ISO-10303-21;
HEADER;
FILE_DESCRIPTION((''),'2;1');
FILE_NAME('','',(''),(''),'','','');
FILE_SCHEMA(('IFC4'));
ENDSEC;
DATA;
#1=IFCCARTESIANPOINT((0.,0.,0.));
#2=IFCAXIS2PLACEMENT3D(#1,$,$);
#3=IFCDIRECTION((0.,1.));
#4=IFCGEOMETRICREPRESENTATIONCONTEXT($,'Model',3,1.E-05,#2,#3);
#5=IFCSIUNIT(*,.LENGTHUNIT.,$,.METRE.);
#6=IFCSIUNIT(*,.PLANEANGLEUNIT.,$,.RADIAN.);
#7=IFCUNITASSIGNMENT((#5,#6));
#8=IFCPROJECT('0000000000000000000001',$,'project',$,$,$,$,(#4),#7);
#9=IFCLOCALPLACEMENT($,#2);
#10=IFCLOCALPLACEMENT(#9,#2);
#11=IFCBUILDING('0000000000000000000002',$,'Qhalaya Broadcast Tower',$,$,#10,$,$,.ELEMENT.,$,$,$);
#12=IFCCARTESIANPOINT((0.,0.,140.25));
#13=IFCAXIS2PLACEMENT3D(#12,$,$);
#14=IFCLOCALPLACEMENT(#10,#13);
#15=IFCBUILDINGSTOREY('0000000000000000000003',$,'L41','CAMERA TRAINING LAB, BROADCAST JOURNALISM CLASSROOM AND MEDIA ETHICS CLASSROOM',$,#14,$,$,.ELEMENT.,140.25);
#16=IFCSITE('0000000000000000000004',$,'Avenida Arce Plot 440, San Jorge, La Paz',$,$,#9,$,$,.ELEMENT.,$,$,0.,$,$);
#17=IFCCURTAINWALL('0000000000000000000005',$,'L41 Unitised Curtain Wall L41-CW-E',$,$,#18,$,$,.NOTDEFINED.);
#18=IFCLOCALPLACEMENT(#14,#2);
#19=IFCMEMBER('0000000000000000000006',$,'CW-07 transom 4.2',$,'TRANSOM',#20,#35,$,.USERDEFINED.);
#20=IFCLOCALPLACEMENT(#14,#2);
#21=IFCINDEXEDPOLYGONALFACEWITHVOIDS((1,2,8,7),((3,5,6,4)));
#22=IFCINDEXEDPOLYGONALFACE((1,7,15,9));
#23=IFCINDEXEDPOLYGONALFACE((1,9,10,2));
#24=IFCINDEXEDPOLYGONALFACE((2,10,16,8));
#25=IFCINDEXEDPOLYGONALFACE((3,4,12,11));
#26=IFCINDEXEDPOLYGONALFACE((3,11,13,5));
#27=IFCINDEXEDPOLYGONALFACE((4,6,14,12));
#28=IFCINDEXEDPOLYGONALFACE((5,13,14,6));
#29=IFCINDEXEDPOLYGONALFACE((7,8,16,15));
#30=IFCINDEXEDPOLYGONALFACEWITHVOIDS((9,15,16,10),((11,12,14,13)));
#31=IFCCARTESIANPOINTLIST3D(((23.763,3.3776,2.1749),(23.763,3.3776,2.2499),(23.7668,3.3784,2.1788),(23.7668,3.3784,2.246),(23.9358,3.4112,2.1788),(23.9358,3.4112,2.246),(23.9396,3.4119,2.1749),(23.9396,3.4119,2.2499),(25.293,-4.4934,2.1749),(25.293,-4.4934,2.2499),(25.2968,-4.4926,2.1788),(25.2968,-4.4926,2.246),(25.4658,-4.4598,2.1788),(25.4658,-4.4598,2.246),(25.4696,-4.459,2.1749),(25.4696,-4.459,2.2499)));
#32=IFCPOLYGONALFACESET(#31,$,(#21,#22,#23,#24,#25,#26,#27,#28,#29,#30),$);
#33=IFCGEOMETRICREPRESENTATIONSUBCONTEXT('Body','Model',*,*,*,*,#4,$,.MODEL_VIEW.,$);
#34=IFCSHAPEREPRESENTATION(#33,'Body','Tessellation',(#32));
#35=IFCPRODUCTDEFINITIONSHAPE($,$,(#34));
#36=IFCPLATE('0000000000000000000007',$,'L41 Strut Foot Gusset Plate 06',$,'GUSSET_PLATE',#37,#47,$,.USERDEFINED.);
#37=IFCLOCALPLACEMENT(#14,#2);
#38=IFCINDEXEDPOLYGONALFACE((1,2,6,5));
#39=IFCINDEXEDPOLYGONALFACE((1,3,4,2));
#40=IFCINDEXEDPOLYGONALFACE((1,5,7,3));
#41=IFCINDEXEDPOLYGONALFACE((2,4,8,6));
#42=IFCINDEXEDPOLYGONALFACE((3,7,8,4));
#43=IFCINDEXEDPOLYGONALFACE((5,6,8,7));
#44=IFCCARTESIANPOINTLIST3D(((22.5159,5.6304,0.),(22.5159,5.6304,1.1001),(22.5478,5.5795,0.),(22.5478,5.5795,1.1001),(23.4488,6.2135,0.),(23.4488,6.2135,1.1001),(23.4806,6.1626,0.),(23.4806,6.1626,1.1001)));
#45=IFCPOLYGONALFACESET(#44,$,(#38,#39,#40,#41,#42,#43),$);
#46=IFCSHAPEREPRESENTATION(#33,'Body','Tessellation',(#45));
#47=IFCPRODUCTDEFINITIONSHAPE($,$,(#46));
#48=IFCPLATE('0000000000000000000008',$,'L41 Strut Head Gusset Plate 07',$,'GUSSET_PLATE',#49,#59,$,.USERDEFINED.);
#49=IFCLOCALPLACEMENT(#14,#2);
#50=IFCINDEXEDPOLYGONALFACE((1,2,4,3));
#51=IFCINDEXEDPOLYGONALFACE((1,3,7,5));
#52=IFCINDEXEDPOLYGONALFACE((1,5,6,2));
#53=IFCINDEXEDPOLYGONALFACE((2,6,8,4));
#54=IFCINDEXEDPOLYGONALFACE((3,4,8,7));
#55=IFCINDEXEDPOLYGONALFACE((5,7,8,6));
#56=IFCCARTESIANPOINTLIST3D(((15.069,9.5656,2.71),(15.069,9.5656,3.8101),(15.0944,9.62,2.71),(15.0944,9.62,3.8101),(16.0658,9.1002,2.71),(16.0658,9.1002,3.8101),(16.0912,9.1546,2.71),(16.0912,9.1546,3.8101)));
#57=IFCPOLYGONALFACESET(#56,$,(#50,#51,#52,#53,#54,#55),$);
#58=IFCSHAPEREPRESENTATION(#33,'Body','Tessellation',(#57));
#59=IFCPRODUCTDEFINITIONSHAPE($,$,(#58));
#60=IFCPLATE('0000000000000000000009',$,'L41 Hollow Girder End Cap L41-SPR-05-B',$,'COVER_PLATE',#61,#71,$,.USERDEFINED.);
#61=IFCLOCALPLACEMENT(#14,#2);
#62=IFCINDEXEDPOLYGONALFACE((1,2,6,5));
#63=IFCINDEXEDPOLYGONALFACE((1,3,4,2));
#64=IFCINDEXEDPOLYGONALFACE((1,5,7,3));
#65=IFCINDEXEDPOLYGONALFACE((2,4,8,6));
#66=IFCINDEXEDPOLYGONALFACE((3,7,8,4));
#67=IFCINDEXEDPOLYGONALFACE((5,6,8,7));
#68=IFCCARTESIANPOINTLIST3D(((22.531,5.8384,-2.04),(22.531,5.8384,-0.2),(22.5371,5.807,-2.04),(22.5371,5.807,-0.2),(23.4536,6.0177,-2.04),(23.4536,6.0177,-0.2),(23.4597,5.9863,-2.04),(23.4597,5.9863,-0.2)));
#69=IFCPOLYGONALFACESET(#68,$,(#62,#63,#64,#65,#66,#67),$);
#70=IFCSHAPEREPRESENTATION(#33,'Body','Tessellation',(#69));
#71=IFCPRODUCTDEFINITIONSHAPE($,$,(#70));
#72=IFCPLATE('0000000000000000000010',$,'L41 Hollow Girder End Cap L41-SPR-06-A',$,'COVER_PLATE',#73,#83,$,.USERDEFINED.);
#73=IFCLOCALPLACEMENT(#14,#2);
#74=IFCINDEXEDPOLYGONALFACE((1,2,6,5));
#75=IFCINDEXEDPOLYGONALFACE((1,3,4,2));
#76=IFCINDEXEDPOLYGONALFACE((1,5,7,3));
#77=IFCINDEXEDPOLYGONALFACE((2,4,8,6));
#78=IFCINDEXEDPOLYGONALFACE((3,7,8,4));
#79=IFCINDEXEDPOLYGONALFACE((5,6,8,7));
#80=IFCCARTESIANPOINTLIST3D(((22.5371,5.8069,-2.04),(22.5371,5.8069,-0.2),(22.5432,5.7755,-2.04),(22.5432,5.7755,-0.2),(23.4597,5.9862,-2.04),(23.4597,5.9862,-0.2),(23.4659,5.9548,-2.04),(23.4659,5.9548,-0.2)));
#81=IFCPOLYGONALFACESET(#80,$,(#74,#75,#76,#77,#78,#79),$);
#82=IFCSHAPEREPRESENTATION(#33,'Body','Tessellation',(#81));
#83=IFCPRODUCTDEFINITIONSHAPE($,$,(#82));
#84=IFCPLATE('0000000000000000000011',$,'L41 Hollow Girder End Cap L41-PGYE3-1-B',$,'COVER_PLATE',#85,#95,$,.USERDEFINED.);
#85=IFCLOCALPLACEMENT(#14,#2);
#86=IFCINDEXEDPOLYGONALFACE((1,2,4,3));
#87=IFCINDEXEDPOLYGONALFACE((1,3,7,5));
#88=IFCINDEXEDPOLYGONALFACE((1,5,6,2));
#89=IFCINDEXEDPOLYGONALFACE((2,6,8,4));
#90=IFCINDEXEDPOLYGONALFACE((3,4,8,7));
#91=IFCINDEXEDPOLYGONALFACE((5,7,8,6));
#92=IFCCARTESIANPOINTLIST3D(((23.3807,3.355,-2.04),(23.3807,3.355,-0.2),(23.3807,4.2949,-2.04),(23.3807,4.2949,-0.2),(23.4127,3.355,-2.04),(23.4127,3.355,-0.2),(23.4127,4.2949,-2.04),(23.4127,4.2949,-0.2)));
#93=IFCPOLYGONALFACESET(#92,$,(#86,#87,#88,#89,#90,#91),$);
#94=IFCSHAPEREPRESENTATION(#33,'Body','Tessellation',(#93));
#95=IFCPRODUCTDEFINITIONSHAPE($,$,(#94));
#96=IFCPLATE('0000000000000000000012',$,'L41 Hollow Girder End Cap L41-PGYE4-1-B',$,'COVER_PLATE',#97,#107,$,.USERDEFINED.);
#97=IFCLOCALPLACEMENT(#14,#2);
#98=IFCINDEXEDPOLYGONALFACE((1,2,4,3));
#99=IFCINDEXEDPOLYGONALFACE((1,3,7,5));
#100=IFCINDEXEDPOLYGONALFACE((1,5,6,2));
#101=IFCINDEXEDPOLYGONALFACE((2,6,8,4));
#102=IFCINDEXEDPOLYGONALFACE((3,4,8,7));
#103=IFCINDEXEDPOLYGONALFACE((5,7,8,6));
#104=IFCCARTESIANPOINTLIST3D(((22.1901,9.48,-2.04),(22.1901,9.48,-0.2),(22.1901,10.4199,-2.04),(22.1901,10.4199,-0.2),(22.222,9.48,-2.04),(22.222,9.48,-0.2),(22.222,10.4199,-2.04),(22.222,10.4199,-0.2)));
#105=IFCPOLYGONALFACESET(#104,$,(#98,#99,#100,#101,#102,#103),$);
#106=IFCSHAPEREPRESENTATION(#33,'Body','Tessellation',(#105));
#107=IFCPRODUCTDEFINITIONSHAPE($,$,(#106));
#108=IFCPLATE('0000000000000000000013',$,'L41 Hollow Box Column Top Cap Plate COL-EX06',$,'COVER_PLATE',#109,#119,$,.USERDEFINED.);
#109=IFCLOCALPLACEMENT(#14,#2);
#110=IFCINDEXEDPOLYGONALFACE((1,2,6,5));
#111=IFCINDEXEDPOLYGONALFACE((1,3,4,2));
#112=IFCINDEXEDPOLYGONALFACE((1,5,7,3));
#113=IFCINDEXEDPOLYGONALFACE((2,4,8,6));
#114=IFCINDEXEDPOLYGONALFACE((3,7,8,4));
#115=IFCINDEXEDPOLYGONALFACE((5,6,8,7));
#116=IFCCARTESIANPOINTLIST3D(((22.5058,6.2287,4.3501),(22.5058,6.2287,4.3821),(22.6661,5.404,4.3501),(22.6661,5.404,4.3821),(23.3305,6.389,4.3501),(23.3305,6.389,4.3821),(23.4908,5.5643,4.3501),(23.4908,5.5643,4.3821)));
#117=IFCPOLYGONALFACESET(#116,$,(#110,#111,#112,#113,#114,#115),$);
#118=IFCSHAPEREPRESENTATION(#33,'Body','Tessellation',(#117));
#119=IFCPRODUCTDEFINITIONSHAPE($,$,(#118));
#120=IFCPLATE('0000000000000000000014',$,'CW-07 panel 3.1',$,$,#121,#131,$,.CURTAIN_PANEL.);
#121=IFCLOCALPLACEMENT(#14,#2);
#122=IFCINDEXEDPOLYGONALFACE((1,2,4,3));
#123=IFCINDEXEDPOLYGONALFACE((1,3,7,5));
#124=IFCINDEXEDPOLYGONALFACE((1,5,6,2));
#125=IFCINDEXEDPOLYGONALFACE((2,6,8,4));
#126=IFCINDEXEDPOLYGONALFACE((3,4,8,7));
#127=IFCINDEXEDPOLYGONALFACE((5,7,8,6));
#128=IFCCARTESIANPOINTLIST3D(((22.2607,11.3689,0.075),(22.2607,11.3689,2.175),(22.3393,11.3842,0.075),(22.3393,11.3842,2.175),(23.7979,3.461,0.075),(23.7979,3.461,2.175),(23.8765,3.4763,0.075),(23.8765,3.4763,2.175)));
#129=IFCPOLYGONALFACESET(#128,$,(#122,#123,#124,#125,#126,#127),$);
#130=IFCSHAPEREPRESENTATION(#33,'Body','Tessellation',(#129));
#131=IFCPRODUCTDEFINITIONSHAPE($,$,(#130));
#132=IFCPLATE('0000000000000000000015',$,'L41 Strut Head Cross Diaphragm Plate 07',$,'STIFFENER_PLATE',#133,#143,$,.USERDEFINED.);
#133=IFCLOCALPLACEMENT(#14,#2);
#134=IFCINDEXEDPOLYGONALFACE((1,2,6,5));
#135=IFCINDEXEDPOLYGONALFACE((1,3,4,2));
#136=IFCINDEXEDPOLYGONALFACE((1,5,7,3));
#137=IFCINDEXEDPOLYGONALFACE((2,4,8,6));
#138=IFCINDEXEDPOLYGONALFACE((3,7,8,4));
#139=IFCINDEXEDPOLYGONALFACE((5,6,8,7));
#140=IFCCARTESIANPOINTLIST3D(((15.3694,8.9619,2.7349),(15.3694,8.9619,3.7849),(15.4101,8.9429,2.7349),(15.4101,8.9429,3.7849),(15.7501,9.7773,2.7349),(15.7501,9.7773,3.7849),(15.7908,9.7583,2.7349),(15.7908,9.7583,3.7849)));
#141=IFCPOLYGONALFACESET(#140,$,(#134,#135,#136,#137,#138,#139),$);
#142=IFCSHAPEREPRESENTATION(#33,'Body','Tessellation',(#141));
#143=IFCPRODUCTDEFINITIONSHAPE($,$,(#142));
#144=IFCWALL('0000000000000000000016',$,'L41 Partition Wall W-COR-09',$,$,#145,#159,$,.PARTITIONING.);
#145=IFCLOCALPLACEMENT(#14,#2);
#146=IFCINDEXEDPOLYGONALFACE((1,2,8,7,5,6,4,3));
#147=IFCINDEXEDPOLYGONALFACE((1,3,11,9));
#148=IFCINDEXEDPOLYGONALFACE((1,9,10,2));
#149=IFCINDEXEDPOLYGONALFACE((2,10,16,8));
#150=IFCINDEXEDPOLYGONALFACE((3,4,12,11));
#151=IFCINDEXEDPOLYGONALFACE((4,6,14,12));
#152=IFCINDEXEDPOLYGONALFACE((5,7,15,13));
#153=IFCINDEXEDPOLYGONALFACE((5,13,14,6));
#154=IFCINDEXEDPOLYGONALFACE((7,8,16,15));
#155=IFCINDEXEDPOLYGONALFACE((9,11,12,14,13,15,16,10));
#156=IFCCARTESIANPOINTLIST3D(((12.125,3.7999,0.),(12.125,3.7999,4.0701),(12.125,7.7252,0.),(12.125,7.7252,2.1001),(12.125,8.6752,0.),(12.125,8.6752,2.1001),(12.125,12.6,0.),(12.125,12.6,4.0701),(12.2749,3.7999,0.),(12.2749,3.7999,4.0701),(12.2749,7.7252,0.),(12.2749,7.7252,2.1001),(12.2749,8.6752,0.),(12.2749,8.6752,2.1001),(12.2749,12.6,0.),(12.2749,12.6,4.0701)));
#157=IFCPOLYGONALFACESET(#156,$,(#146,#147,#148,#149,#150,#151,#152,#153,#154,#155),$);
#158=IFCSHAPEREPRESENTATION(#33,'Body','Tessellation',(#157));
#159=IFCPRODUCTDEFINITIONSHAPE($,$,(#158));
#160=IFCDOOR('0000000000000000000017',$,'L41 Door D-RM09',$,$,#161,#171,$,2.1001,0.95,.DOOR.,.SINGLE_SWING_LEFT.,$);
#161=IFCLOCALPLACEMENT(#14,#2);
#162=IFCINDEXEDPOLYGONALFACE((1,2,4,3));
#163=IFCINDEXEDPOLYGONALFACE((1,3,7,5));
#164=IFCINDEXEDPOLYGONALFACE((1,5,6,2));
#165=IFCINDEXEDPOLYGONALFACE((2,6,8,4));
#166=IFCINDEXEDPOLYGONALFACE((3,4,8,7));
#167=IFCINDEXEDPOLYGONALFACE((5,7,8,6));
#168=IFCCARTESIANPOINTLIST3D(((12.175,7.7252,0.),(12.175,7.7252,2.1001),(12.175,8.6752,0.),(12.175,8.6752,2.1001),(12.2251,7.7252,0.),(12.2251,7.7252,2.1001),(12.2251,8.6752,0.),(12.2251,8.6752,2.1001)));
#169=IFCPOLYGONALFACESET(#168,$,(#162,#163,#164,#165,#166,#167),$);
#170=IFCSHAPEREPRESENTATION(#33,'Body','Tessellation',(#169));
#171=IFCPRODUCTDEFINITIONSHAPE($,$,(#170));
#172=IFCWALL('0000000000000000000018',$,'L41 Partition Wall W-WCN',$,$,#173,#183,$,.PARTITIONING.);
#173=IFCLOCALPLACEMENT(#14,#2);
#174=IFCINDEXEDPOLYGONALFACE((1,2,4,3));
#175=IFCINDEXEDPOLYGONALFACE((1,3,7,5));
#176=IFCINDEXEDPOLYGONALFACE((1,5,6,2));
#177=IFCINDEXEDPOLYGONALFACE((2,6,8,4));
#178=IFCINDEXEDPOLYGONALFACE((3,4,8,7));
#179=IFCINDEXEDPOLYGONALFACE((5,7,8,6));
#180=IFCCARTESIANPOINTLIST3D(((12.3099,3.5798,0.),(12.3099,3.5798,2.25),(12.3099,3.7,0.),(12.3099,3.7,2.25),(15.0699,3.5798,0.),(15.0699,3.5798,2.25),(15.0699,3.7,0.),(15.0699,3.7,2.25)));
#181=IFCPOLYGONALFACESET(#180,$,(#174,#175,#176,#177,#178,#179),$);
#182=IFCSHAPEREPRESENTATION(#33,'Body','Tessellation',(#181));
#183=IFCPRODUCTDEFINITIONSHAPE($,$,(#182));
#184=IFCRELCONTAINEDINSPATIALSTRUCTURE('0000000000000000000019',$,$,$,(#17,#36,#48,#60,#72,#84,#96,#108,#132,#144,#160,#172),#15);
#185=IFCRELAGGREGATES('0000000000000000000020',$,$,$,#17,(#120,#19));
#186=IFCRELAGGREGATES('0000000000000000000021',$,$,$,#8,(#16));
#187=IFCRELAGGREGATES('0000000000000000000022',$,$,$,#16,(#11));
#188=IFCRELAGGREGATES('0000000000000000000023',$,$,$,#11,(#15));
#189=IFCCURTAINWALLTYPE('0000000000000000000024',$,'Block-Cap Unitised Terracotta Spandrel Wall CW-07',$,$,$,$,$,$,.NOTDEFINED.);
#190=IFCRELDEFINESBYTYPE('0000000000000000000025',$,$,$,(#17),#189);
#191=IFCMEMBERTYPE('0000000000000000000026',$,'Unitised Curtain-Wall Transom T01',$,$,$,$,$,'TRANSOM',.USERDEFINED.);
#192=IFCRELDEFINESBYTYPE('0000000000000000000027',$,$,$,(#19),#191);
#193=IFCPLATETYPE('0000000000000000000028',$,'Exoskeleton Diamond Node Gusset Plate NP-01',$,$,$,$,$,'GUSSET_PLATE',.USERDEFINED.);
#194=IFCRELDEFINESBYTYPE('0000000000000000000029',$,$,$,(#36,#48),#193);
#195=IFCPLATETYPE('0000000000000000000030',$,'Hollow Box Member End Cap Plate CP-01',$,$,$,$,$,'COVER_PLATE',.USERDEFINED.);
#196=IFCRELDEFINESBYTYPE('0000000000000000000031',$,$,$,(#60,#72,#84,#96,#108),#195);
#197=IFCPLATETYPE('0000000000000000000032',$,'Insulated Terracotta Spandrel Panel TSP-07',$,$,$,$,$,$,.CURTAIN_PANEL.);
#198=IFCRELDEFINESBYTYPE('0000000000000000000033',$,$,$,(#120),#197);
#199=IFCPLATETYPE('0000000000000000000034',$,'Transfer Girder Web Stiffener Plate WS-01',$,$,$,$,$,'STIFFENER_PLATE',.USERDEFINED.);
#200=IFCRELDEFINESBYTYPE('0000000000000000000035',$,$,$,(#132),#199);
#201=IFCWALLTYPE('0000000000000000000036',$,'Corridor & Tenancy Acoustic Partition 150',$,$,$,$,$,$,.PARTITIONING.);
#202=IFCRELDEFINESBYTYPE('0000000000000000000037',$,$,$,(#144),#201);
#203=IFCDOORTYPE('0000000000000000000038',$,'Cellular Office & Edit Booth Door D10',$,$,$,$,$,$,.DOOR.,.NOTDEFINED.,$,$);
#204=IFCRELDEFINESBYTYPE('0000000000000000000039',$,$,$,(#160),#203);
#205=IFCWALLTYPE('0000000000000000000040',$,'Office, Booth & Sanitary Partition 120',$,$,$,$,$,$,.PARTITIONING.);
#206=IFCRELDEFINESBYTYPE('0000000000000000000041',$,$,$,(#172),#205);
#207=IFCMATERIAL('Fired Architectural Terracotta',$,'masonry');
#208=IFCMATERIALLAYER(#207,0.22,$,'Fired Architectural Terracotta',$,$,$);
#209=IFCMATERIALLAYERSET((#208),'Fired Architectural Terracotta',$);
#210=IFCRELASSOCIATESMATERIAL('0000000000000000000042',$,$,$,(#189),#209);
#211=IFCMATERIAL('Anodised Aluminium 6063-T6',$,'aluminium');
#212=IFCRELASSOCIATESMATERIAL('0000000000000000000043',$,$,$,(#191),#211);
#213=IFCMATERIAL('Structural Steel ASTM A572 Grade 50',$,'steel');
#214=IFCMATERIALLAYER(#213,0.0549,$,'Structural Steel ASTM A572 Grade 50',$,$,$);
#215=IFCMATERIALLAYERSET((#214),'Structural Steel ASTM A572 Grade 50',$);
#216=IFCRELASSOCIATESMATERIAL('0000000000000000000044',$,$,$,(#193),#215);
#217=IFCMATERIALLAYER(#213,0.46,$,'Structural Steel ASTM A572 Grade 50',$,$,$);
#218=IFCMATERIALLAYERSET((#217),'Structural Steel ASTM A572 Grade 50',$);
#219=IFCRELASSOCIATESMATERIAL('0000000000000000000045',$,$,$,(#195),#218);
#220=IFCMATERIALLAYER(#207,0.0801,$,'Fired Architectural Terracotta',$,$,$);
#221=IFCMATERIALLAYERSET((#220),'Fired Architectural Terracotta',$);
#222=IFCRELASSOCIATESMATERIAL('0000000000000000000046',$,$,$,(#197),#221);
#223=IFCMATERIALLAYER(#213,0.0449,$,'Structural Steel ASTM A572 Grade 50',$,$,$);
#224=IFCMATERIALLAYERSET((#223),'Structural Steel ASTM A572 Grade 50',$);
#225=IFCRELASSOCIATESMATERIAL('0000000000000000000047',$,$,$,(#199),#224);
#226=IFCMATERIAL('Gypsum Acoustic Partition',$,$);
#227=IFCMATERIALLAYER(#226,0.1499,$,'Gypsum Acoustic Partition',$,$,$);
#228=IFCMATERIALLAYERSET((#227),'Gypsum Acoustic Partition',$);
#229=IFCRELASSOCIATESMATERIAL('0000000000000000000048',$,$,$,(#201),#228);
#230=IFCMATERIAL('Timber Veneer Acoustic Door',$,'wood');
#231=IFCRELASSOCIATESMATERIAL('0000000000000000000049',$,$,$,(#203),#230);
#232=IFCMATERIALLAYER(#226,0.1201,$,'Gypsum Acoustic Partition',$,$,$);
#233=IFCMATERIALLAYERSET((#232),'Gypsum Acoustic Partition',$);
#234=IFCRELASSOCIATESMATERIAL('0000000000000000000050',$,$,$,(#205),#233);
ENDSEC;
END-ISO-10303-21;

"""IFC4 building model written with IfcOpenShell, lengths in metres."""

from ifc_helpers import new_model, si_unit, direction, frame, frame_2d, origin, origin_2d, place, context, subcontext, project, spatial, rectangle, hollow_rectangle, extrude, material, layer, layer_set, material_profile, profile_set, type_object, element, fill, aggregate, save


model = new_model("IFC4")

# Units and contexts
model_context = context("Model", 3, precision=1e-05, world=origin(), true_north=direction((0.0, 1.0)))
body_context = subcontext(model_context, "Body", "Model", "MODEL_VIEW")
ifc_project = project(units=[si_unit("LENGTHUNIT", "METRE"), si_unit("PLANEANGLEUNIT", "RADIAN")], contexts=[model_context])

# Site, building, storey
site_placement = place(None, origin())
site = spatial("IfcSite", under=ifc_project, at=site_placement, Name="Avenida Arce Plot 440, San Jorge, La Paz", CompositionType="ELEMENT", RefElevation=0.0)
building_placement = place(site_placement, origin())
building = spatial("IfcBuilding", under=site, at=building_placement, Name="Qhalaya Broadcast Tower", CompositionType="ELEMENT")
storey_placement = place(building_placement, frame((0.0, 0.0, 140.25)))
storey = spatial("IfcBuildingStorey", under=building, at=storey_placement, Name="L41", Description="CAMERA TRAINING LAB, BROADCAST JOURNALISM CLASSROOM AND MEDIA ETHICS CLASSROOM", CompositionType="ELEMENT", Elevation=140.25)

# Shared definitions
ifc_material_1 = material(Name="Structural Steel ASTM A572 Grade 50", Category="steel")

# Curtain wall, member
ifc_material_2 = material(Name="Fired Architectural Terracotta", Category="masonry")
ifc_layer_1 = layer(ifc_material_2, 0.22, Name="Fired Architectural Terracotta")
ifc_layer_set_1 = layer_set([ifc_layer_1], Name="Fired Architectural Terracotta")
curtain_wall_type = type_object("IfcCurtainWallType", Name="Block-Cap Unitised Terracotta Spandrel Wall CW-07", PredefinedType="NOTDEFINED", material=ifc_layer_set_1)
curtain_wall_placement = place(storey_placement, origin())
curtain_wall = element("IfcCurtainWall", 1, at=curtain_wall_placement, inside=storey, type_object=curtain_wall_type, Name="L41 Unitised Curtain Wall L41-CW-E", PredefinedType="NOTDEFINED")
ifc_material_3 = material(Name="Anodised Aluminium 6063-T6", Category="aluminium")
ifc_material_profile_1 = material_profile(ifc_material_3, hollow_rectangle(XDim=0.075, YDim=0.1799, WallThickness=0.0039, at=origin_2d()), Name="ALU-TRN 75x180x4")
ifc_profile_set_1 = profile_set([ifc_material_profile_1], Name="Anodised Aluminium 6063-T6")
member_type_1 = type_object("IfcMemberType", Name="Unitised Curtain-Wall Transom T01", ElementType="TRANSOM", PredefinedType="USERDEFINED", material=ifc_profile_set_1)
member_1_placement = place(storey_placement, frame((23.8513, 3.3948, 2.2124), z_axis=(0.190814, -0.981626, 0.0), x_axis=(0.0, 0.0, 1.0)))
member_1 = element("IfcMember", 2, at=member_1_placement, type_object=member_type_1, Name="CW-07 transom 4.2", ObjectType="TRANSOM", PredefinedType="USERDEFINED", context=body_context, shape_type="SweptSolid", body=[
    extrude(hollow_rectangle(XDim=0.075, YDim=0.1799, WallThickness=0.0039, at=origin_2d()), origin(), (0.0, 0.0, 1.0), 8.0183),
])

# Plates
ifc_layer_2 = layer(ifc_material_1, 0.0549, Name="Structural Steel ASTM A572 Grade 50")
ifc_layer_set_2 = layer_set([ifc_layer_2], Name="Structural Steel ASTM A572 Grade 50")
plate_type_1 = type_object("IfcPlateType", Name="Exoskeleton Diamond Node Gusset Plate NP-01", ElementType="GUSSET_PLATE", PredefinedType="USERDEFINED", material=ifc_layer_set_2)
for number, where, z_axis, x_axis, name in (
    (3, (22.9983, 5.8965, 0.0), (0.0, 0.0, 1.0), (-0.847993, -0.530008, 0.0), "L41 Strut Foot Gusset Plate 06"),
    (4, (15.5801, 9.3601, 2.71), (0.0, 0.0, 1.0), (-0.906116, 0.423029, 0.0), "L41 Strut Head Gusset Plate 07"),
):
    element("IfcPlate", number, at=place(storey_placement, frame(where, z_axis=z_axis, x_axis=x_axis)), inside=storey, type_object=plate_type_1, Name=name, ObjectType="GUSSET_PLATE", PredefinedType="USERDEFINED", context=body_context, shape_type="SweptSolid", body=[
        extrude(rectangle(XDim=1.1001, YDim=0.0601, at=origin_2d()), origin(), (0.0, 0.0, 1.0), 1.1001),
    ])
ifc_layer_3 = layer(ifc_material_1, 0.46, Name="Structural Steel ASTM A572 Grade 50")
ifc_layer_set_3 = layer_set([ifc_layer_3], Name="Structural Steel ASTM A572 Grade 50")
plate_type_2 = type_object("IfcPlateType", Name="Hollow Box Member End Cap Plate CP-01", ElementType="COVER_PLATE", PredefinedType="USERDEFINED", material=ifc_layer_set_3)
for number, where, z_axis, x_axis, name in (
    (5, (22.9954, 5.9124, -2.04), (0.0, 0.0, 1.0), (-0.981627, -0.190809, 0.0), "L41 Hollow Girder End Cap L41-SPR-05-B"),
    (6, (23.0015, 5.8809, -2.04), (0.0, 0.0, 1.0), (-0.981627, -0.190809, 0.0), "L41 Hollow Girder End Cap L41-SPR-06-A"),
    (7, (23.3967, 3.825, -2.04), (0.0, 0.0, 1.0), (0.0, 1.0, 0.0), "L41 Hollow Girder End Cap L41-PGYE3-1-B"),
    (8, (22.2061, 9.95, -2.04), (0.0, 0.0, 1.0), (0.0, 1.0, 0.0), "L41 Hollow Girder End Cap L41-PGYE4-1-B"),
):
    element("IfcPlate", number, at=place(storey_placement, frame(where, z_axis=z_axis, x_axis=x_axis)), inside=storey, type_object=plate_type_2, Name=name, ObjectType="COVER_PLATE", PredefinedType="USERDEFINED", context=body_context, shape_type="SweptSolid", body=[
        extrude(rectangle(XDim=0.9399, YDim=0.032, at=origin_2d()), origin(), (0.0, 0.0, 1.0), 1.8401),
    ])
plate_1_placement = place(storey_placement, frame((22.9983, 5.8965, 4.3501), z_axis=(0.0, 0.0, 1.0), x_axis=(-0.190809, 0.981627, 0.0)))
element("IfcPlate", 9, at=plate_1_placement, inside=storey, type_object=plate_type_2, Name="L41 Hollow Box Column Top Cap Plate COL-EX06", ObjectType="COVER_PLATE", PredefinedType="USERDEFINED", context=body_context, shape_type="SweptSolid", body=[
    extrude(rectangle(XDim=0.8401, YDim=0.8401, at=origin_2d()), origin(), (0.0, 0.0, 1.0), 0.032),
])

# Plates
ifc_layer_4 = layer(ifc_material_2, 0.0801, Name="Fired Architectural Terracotta")
ifc_layer_set_4 = layer_set([ifc_layer_4], Name="Fired Architectural Terracotta")
plate_type_3 = type_object("IfcPlateType", Name="Insulated Terracotta Spandrel Panel TSP-07", PredefinedType="CURTAIN_PANEL", material=ifc_layer_set_4)
plate_2_placement = place(storey_placement, frame((23.0686, 7.4226, 0.075), z_axis=(0.0, 0.0, 1.0), x_axis=(0.19081, -0.981627, 0.0)))
plate_2 = element("IfcPlate", 10, at=plate_2_placement, type_object=plate_type_3, Name="CW-07 panel 3.1", PredefinedType="CURTAIN_PANEL", context=body_context, shape_type="SweptSolid", body=[
    extrude(rectangle(XDim=8.0559, YDim=0.0801, at=origin_2d()), origin(), (0.0, 0.0, 1.0), 2.1001),
])
aggregate(curtain_wall, [plate_2, member_1])
ifc_layer_5 = layer(ifc_material_1, 0.0449, Name="Structural Steel ASTM A572 Grade 50")
ifc_layer_set_5 = layer_set([ifc_layer_5], Name="Structural Steel ASTM A572 Grade 50")
plate_type_4 = type_object("IfcPlateType", Name="Transfer Girder Web Stiffener Plate WS-01", ElementType="STIFFENER_PLATE", PredefinedType="USERDEFINED", material=ifc_layer_set_5)
plate_3_placement = place(storey_placement, frame((15.5801, 9.3601, 2.7349), z_axis=(0.0, 0.0, 1.0), x_axis=(-0.423029, -0.906116, 0.0)))
element("IfcPlate", 11, at=plate_3_placement, inside=storey, type_object=plate_type_4, Name="L41 Strut Head Cross Diaphragm Plate 07", ObjectType="STIFFENER_PLATE", PredefinedType="USERDEFINED", context=body_context, shape_type="SweptSolid", body=[
    extrude(rectangle(XDim=0.8999, YDim=0.0449, at=origin_2d()), origin(), (0.0, 0.0, 1.0), 1.05),
])

# Wall, opening, door
ifc_material_4 = material(Name="Gypsum Acoustic Partition")
ifc_layer_6 = layer(ifc_material_4, 0.1499, Name="Gypsum Acoustic Partition")
ifc_layer_set_6 = layer_set([ifc_layer_6], Name="Gypsum Acoustic Partition")
wall_type_1 = type_object("IfcWallType", Name="Corridor & Tenancy Acoustic Partition 150", PredefinedType="PARTITIONING", material=ifc_layer_set_6)
wall_1_placement = place(storey_placement, frame((12.2, 3.8, 0.0), z_axis=(0.0, 0.0, 1.0), x_axis=(0.0, 1.0, 0.0)))
wall_1 = element("IfcWall", 12, at=wall_1_placement, inside=storey, type_object=wall_type_1, Name="L41 Partition Wall W-COR-09", PredefinedType="PARTITIONING", context=body_context, shape_type="SweptSolid", body=[
    extrude(rectangle(XDim=8.8, YDim=0.1499, at=frame_2d((4.3999, 0.0))), origin(), (0.0, 0.0, 1.0), 4.0701),
])
opening_placement = place(wall_1_placement, frame((3.925, 0.0, 0.0)))
opening = element("IfcOpeningElement", 13, at=opening_placement, cuts=wall_1, PredefinedType="OPENING", context=body_context, shape_type="SweptSolid", body=[
    extrude(rectangle(XDim=0.95, YDim=2.1001, at=frame_2d((0.4751, 1.05))), frame((0.0, 0.0869, 0.0), z_axis=(0.0, -1.0, 0.0), x_axis=(1.0, 0.0, 0.0)), (0.0, 0.0, 1.0), 0.1738),
])
ifc_material_5 = material(Name="Timber Veneer Acoustic Door", Category="wood")
door_type = type_object("IfcDoorType", Name="Cellular Office & Edit Booth Door D10", OperationType="NOTDEFINED", PredefinedType="DOOR", material=ifc_material_5)
door_placement = place(opening_placement, origin())
door = element("IfcDoor", 14, at=door_placement, inside=storey, type_object=door_type, Name="L41 Door D-RM09", OperationType="SINGLE_SWING_LEFT", OverallHeight=2.1001, OverallWidth=0.95, PredefinedType="DOOR", context=body_context, shape_type="SweptSolid", body=[
    extrude(rectangle(XDim=0.95, YDim=2.1001, at=frame_2d((0.4751, 1.05))), frame((0.0, 0.0249, 0.0), z_axis=(0.0, -1.0, 0.0), x_axis=(1.0, 0.0, 0.0)), (0.0, 0.0, 1.0), 0.05),
])
fill(opening, door)

# Wall
ifc_layer_7 = layer(ifc_material_4, 0.1201, Name="Gypsum Acoustic Partition")
ifc_layer_set_7 = layer_set([ifc_layer_7], Name="Gypsum Acoustic Partition")
wall_type_2 = type_object("IfcWallType", Name="Office, Booth & Sanitary Partition 120", PredefinedType="PARTITIONING", material=ifc_layer_set_7)
wall_2_placement = place(storey_placement, frame((12.3101, 3.6399, 0.0), z_axis=(0.0, 0.0, 1.0), x_axis=(1.0, 0.0, 0.0)))
element("IfcWall", 15, at=wall_2_placement, inside=storey, type_object=wall_type_2, Name="L41 Partition Wall W-WCN", PredefinedType="PARTITIONING", context=body_context, shape_type="SweptSolid", body=[
    extrude(rectangle(XDim=2.76, YDim=0.1201, at=frame_2d((1.3799, 0.0))), origin(), (0.0, 0.0, 1.0), 2.25),
])

save(model, "model.ifc")
